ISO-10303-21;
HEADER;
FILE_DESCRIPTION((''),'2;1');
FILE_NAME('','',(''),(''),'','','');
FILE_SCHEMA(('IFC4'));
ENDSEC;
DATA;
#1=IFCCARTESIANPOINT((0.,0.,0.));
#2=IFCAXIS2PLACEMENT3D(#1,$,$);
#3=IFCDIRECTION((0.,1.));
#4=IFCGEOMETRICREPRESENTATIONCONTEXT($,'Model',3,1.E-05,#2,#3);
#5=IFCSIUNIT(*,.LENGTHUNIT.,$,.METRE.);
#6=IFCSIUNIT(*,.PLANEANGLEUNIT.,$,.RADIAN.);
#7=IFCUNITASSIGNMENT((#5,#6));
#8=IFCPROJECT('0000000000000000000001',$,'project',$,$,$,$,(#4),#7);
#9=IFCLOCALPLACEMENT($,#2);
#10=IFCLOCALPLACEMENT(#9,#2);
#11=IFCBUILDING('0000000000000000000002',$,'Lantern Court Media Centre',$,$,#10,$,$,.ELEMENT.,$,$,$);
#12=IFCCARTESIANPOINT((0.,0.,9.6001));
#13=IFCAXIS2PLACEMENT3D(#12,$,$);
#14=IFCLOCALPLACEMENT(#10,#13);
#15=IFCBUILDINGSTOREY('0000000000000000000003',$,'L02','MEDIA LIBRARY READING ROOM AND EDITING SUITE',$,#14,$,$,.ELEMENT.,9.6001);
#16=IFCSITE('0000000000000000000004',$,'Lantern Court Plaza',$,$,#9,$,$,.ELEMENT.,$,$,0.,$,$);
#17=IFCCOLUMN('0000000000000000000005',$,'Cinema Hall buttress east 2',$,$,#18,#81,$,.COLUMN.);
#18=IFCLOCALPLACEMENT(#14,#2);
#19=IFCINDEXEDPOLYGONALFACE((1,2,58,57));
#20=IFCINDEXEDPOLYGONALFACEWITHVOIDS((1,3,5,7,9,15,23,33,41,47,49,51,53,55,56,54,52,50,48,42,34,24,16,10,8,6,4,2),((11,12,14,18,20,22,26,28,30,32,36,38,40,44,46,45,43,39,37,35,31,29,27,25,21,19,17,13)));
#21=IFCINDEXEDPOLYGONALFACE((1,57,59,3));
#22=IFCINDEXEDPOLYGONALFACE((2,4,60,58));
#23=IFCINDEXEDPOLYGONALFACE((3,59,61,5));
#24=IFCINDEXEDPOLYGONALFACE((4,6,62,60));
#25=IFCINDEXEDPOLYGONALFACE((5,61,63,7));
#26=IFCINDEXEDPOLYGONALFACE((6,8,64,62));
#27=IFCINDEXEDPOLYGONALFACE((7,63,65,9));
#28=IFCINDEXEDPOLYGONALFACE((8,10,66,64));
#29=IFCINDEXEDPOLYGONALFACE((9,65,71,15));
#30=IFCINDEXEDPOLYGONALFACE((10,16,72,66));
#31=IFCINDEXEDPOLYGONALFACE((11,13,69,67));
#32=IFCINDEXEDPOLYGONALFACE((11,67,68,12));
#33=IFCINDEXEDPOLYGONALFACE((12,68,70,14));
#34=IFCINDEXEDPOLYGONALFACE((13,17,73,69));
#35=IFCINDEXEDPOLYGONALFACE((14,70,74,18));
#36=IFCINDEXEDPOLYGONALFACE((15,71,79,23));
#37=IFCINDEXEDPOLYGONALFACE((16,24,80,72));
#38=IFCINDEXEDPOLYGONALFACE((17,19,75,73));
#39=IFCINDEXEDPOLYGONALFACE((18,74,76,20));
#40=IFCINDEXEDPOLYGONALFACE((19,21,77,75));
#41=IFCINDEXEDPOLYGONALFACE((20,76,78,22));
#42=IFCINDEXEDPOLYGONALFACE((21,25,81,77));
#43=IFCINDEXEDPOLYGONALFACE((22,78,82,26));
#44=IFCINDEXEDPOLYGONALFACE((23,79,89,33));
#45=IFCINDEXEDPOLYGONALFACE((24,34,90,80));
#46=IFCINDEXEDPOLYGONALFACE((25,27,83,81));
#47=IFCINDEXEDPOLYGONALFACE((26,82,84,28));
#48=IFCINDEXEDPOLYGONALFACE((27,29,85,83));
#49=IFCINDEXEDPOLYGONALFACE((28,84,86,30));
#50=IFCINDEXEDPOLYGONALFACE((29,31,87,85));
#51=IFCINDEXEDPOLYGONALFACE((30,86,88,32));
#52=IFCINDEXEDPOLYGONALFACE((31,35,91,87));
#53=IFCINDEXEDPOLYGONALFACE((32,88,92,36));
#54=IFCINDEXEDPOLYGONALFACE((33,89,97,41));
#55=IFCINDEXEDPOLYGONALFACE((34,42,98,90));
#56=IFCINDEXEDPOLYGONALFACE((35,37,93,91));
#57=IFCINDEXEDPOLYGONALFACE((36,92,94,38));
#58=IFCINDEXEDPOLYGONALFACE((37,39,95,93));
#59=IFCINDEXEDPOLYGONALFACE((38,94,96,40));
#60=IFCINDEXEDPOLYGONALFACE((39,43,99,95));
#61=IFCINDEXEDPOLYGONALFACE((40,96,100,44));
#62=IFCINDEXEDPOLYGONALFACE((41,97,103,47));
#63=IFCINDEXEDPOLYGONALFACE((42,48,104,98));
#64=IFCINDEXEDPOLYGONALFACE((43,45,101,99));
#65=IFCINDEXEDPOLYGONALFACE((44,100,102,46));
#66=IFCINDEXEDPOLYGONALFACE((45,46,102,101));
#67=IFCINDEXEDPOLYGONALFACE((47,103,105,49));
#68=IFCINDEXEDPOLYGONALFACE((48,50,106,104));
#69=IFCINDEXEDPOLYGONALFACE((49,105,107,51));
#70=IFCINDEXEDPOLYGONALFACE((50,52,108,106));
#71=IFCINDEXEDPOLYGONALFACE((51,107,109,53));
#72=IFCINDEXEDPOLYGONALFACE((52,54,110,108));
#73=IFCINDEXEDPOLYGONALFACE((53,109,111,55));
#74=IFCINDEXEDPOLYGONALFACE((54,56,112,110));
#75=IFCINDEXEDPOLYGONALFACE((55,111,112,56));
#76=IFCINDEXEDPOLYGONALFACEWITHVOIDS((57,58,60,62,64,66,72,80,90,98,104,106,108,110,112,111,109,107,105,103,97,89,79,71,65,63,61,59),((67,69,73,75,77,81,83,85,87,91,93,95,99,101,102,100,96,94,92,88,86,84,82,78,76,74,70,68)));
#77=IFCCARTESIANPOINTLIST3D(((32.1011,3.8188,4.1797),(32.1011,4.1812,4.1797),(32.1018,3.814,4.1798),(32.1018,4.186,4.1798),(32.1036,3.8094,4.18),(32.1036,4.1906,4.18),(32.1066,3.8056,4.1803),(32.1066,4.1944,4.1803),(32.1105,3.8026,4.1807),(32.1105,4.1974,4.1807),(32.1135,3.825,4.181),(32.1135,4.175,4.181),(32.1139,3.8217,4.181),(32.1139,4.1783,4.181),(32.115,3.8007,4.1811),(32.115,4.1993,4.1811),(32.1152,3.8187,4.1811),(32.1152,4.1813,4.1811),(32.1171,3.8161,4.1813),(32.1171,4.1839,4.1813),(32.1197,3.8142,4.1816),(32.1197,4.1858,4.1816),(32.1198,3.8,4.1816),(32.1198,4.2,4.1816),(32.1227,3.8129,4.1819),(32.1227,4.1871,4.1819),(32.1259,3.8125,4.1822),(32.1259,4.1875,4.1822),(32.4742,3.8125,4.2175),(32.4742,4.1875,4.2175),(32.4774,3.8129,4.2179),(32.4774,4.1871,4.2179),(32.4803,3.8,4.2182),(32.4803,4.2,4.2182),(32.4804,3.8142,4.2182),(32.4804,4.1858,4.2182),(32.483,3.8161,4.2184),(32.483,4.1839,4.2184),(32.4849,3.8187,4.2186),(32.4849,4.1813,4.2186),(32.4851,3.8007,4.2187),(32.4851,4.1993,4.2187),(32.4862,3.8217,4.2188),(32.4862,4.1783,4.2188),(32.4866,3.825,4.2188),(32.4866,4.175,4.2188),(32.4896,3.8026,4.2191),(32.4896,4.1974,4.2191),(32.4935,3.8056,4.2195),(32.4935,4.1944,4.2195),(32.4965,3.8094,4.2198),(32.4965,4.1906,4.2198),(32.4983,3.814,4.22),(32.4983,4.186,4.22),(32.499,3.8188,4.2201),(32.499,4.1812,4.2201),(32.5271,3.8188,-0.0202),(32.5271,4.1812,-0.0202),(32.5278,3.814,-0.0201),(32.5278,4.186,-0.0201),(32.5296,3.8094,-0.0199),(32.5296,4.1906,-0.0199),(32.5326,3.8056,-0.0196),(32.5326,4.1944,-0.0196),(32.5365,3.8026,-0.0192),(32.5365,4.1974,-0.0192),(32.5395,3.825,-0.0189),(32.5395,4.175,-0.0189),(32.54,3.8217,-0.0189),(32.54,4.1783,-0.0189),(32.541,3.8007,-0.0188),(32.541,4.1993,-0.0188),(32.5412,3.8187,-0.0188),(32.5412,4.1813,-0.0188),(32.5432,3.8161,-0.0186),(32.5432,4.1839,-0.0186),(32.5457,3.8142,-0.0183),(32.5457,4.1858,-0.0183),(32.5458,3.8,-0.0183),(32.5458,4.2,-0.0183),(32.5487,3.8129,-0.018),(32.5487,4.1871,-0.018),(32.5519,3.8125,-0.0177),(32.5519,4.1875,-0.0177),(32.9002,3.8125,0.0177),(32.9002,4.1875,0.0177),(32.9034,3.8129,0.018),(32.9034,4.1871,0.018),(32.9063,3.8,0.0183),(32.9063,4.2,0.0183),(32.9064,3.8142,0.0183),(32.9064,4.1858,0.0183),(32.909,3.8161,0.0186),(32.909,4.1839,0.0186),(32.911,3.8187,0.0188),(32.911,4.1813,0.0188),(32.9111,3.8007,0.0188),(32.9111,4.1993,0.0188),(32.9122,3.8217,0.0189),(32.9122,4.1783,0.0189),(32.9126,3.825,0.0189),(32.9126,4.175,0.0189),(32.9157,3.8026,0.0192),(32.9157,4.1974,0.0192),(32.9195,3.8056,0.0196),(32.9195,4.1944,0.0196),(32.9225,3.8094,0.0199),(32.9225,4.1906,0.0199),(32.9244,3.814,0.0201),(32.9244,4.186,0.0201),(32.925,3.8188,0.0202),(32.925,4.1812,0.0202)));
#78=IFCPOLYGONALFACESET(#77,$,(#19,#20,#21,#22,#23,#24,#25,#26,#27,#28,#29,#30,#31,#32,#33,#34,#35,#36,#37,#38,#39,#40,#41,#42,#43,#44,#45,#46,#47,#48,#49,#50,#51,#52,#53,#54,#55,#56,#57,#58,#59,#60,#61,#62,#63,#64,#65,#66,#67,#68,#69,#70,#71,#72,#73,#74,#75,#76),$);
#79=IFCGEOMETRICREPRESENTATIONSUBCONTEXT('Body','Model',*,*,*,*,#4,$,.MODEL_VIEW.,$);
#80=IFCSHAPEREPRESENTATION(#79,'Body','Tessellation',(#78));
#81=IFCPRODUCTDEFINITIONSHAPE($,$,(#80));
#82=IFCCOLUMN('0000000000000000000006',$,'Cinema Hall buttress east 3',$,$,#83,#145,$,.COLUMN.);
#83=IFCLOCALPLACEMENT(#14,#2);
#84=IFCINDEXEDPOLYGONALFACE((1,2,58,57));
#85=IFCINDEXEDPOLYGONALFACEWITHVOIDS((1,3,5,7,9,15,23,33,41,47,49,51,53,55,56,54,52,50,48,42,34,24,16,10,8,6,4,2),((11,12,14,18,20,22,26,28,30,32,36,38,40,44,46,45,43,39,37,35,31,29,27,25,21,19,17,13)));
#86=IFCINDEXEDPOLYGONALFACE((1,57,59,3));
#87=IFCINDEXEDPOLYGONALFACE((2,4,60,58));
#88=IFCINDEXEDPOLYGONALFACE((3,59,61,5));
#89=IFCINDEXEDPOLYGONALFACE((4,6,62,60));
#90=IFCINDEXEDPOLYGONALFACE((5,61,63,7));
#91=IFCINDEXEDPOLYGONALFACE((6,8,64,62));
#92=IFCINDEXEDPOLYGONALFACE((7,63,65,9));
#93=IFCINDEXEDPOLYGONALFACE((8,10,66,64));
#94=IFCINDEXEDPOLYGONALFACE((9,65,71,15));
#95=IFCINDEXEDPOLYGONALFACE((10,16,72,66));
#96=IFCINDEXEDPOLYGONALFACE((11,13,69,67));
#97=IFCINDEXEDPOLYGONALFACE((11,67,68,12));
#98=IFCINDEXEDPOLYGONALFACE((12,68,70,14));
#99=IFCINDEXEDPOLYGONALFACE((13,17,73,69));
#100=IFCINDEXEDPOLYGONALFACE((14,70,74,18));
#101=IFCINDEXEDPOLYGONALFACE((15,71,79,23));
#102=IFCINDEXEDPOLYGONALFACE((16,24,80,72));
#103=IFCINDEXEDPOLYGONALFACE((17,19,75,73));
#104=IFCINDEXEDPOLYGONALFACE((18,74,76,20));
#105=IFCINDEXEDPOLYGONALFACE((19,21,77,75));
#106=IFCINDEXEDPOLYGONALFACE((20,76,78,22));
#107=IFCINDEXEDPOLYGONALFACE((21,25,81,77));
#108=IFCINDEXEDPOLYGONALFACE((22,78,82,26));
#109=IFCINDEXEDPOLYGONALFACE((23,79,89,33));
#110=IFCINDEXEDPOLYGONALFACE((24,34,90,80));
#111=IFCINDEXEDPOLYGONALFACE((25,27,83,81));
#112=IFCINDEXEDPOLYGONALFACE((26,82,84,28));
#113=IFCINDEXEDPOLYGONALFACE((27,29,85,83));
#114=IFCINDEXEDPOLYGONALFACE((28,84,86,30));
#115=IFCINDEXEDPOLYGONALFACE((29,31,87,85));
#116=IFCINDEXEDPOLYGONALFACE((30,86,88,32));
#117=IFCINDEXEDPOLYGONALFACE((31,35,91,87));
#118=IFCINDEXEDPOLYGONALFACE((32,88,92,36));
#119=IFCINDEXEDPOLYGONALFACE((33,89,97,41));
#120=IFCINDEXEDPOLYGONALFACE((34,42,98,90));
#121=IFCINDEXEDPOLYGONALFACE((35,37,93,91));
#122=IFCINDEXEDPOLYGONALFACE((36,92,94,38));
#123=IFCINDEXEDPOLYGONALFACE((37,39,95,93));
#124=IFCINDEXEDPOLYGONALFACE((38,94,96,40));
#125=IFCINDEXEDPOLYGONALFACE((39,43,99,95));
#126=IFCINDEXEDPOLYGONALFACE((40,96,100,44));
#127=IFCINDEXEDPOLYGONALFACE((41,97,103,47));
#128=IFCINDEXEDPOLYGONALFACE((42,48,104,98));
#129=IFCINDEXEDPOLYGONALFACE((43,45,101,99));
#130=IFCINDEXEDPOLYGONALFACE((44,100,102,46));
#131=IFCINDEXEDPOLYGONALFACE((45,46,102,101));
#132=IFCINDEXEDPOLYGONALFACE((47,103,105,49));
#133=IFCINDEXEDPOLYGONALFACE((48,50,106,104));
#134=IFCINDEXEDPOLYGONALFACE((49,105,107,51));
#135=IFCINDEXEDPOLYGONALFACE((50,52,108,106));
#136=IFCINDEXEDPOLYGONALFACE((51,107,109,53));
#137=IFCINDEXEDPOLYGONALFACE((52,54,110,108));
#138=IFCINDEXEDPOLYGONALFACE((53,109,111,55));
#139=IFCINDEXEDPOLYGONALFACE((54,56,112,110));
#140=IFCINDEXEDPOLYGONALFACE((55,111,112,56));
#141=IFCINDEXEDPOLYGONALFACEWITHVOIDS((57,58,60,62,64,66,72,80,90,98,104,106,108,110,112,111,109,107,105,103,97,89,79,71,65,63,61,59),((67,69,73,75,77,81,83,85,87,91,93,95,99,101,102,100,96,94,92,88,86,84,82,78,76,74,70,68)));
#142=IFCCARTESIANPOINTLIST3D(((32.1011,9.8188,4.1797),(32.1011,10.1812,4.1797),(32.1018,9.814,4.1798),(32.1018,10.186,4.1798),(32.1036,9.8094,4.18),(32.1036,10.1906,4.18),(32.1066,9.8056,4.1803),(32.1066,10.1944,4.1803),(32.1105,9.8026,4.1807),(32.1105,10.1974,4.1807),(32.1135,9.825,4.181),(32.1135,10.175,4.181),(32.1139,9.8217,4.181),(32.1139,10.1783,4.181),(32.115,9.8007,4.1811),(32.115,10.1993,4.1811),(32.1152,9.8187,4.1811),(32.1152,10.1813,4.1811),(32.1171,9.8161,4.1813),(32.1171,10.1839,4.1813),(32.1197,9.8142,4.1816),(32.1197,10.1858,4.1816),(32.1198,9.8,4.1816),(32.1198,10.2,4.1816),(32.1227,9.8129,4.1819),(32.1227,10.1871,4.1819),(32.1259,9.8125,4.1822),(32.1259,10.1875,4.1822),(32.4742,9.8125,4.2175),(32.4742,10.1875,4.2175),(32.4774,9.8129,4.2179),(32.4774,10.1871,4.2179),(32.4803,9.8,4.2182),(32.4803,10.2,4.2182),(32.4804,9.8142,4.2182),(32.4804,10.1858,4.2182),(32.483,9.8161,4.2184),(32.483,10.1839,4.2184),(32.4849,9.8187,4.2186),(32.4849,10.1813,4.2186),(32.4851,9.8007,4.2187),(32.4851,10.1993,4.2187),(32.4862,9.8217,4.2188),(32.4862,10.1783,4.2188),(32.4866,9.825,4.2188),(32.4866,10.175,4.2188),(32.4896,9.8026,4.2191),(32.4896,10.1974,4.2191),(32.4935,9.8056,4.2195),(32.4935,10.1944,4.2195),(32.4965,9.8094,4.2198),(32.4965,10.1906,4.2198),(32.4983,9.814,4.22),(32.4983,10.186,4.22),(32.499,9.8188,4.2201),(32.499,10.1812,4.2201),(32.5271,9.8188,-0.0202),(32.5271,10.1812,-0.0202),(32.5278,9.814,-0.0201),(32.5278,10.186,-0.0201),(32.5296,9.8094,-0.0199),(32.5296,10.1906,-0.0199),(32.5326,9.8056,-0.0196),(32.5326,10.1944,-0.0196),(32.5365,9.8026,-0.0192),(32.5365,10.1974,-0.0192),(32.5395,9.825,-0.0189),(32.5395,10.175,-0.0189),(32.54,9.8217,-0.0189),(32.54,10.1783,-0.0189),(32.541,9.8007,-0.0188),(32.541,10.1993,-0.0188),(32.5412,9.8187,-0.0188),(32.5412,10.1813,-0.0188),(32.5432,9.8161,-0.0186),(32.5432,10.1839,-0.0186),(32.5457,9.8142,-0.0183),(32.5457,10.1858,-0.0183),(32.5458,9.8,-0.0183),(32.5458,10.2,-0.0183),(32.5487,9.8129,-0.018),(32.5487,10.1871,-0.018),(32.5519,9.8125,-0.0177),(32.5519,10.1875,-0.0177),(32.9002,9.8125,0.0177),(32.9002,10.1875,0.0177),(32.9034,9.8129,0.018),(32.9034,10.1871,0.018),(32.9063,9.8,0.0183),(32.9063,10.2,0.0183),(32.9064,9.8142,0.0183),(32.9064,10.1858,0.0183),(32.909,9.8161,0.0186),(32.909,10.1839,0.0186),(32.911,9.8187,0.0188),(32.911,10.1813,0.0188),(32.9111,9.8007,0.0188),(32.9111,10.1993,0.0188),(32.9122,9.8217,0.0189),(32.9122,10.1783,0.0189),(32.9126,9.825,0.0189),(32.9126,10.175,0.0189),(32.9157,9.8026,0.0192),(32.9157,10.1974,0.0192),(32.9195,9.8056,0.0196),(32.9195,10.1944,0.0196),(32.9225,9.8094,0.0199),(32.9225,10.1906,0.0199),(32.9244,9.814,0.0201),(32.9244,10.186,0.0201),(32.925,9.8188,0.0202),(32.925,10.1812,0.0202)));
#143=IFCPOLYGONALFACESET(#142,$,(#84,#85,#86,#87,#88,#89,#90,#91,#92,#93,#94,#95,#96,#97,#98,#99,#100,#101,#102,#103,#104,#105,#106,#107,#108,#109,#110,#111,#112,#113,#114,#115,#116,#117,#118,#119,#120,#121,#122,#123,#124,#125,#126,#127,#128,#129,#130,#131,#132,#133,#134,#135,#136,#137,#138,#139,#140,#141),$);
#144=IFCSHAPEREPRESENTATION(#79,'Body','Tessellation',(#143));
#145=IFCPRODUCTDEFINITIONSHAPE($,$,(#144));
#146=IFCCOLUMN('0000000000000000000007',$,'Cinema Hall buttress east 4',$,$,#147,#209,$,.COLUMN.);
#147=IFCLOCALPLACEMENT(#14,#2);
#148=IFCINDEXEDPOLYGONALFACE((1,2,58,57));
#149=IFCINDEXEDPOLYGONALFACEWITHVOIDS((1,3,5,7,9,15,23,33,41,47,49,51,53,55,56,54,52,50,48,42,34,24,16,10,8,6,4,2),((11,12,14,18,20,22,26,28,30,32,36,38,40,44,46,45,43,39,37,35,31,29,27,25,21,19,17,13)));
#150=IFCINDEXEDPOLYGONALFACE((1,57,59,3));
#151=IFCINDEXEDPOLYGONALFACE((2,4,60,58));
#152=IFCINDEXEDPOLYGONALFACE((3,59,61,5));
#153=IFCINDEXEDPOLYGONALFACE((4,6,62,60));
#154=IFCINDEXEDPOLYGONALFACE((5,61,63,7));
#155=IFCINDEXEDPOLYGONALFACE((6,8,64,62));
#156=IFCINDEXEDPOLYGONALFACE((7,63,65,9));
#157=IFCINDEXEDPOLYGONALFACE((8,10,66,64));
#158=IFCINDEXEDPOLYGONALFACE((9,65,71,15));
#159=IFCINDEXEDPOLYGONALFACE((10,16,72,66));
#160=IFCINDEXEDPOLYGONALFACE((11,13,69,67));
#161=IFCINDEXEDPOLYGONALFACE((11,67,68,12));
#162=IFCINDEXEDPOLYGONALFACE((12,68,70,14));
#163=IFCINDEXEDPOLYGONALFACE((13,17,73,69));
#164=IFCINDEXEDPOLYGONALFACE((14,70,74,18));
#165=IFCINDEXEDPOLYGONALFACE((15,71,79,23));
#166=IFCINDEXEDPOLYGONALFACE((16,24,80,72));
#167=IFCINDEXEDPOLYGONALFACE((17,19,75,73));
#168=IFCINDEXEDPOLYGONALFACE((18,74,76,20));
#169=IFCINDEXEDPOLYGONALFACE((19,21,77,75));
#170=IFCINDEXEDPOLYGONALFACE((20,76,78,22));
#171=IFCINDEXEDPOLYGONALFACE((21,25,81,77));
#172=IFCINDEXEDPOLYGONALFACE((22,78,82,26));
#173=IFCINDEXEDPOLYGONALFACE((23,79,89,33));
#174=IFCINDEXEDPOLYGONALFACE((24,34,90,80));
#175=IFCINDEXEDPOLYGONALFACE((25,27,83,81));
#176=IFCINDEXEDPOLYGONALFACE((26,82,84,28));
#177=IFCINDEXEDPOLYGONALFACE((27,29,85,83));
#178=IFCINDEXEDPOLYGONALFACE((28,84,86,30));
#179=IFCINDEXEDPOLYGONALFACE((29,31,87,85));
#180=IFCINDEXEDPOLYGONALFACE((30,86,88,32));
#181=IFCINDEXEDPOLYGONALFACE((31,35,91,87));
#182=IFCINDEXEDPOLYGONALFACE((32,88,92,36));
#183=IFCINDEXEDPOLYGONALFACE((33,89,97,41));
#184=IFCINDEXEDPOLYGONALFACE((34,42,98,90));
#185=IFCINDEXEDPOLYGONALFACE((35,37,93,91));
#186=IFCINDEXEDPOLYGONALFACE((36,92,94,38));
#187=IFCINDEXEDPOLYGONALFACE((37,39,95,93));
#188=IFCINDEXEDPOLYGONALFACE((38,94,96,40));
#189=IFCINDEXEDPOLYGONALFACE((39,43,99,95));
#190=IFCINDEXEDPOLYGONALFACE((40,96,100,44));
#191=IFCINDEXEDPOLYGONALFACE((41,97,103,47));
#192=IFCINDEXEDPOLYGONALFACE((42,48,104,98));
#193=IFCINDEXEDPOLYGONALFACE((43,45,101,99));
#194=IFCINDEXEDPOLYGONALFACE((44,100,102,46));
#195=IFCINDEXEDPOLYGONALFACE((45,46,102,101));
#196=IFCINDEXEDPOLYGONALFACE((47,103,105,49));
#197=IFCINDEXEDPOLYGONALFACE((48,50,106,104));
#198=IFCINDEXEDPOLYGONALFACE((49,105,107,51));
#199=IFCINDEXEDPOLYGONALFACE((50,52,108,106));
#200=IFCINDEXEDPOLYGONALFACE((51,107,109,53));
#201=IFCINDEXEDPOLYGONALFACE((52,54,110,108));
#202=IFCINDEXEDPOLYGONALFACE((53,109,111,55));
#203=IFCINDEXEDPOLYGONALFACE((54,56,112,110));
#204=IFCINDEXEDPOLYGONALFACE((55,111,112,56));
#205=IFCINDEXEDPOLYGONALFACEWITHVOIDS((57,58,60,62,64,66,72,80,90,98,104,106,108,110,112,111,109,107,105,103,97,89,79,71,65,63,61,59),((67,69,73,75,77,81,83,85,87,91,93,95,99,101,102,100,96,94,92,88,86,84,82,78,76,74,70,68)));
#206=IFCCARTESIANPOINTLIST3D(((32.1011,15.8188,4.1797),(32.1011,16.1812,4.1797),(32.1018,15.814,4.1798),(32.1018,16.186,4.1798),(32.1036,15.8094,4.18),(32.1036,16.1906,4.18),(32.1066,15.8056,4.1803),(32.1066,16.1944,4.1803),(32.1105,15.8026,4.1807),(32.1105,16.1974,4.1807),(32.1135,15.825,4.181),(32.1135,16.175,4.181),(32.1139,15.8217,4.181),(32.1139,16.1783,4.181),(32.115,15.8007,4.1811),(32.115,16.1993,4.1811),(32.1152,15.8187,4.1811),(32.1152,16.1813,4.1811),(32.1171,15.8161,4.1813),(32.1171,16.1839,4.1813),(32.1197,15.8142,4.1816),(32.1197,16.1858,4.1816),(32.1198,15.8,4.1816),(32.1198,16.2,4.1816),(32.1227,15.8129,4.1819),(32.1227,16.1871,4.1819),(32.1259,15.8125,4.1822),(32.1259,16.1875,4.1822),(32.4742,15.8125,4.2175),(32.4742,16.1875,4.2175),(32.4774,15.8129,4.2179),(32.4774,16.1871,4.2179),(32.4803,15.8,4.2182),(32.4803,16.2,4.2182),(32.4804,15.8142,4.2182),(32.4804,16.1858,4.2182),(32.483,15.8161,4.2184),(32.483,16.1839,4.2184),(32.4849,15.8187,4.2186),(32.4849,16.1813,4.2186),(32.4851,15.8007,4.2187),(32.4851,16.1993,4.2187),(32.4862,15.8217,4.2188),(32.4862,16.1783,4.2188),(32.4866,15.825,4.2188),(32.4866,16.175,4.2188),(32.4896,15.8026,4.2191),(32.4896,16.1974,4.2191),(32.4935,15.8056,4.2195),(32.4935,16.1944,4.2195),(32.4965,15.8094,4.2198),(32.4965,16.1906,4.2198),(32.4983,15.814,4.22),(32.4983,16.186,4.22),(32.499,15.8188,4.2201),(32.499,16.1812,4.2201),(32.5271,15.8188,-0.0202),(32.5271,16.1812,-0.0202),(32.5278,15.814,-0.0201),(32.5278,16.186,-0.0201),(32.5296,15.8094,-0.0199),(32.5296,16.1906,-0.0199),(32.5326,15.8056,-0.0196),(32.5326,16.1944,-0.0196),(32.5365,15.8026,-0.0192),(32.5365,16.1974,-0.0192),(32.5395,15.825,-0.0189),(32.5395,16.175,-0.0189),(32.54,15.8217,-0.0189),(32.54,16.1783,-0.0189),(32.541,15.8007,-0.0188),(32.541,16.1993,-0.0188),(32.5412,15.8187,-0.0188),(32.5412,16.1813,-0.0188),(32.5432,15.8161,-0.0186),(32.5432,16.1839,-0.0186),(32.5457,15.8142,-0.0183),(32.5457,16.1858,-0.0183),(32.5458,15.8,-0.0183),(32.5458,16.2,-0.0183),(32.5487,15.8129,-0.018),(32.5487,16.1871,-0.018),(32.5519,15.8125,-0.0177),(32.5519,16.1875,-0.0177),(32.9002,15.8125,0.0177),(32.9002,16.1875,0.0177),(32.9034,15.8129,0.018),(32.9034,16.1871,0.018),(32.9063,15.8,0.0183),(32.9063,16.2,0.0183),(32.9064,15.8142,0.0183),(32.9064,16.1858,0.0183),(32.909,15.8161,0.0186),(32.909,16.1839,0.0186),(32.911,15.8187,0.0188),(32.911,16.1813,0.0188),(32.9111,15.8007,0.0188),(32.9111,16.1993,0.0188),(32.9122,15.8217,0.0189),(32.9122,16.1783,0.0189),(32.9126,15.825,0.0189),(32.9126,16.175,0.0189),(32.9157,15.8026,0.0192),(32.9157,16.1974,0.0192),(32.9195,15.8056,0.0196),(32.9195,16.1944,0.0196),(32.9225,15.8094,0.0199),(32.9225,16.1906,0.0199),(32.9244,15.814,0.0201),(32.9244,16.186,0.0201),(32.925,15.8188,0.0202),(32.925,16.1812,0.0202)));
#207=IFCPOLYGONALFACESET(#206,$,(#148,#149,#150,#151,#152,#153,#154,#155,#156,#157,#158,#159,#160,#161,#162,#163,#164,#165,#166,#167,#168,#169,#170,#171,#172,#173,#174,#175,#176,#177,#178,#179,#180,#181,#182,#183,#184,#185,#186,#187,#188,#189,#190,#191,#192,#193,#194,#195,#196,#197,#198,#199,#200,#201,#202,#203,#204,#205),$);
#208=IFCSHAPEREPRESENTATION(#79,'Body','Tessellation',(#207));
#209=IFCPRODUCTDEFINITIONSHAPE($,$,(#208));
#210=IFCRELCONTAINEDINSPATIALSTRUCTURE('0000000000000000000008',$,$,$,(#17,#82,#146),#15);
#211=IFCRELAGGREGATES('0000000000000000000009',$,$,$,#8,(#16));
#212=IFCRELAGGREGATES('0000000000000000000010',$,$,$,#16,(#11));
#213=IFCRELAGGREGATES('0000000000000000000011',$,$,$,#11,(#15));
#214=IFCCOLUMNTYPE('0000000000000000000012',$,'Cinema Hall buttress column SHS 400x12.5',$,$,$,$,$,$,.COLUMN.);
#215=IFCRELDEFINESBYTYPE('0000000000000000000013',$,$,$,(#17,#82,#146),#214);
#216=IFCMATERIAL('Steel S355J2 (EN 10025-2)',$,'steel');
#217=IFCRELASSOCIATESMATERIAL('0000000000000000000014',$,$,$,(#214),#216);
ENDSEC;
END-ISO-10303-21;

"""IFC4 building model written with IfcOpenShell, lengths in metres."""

from ifc_helpers import new_model, si_unit, direction, frame, origin, origin_2d, place, context, subcontext, project, spatial, hollow_rectangle, extrude, material, material_profile, profile_set, type_object, element, save


model = new_model("IFC4")

# Units and contexts
model_context = context("Model", 3, precision=1e-05, world=origin(), true_north=direction((0.0, 1.0)))
body_context = subcontext(model_context, "Body", "Model", "MODEL_VIEW")
ifc_project = project(units=[si_unit("LENGTHUNIT", "METRE"), si_unit("PLANEANGLEUNIT", "RADIAN")], contexts=[model_context])

# Site, building, storey
site_placement = place(None, origin())
site = spatial("IfcSite", under=ifc_project, at=site_placement, Name="Lantern Court Plaza", CompositionType="ELEMENT", RefElevation=0.0)
building_placement = place(site_placement, origin())
building = spatial("IfcBuilding", under=site, at=building_placement, Name="Lantern Court Media Centre", CompositionType="ELEMENT")
storey_placement = place(building_placement, frame((0.0, 0.0, 9.6001)))
storey = spatial("IfcBuildingStorey", under=building, at=storey_placement, Name="L02", Description="MEDIA LIBRARY READING ROOM AND EDITING SUITE", CompositionType="ELEMENT", Elevation=9.6001)

# Columns
ifc_material_1 = material(Name="Steel S355J2 (EN 10025-2)", Category="steel")
ifc_material_profile_1 = material_profile(ifc_material_1, hollow_rectangle(XDim=0.3999, YDim=0.3999, WallThickness=0.0125, InnerFilletRadius=0.0125, OuterFilletRadius=0.0188, at=origin_2d()), Name="Cinema Hall buttress column SHS 400x12.5")
ifc_profile_set_1 = profile_set([ifc_material_profile_1], Name="Steel S355J2 (EN 10025-2)")
column_type_1 = type_object("IfcColumnType", Name="Cinema Hall buttress column SHS 400x12.5", PredefinedType="COLUMN", material=ifc_profile_set_1)
for number, where, z_axis, x_axis, name in (
    (1, (32.7261, 4.0, 0.0), (-0.100918, 0.0, 0.994895), (0.0, -1.0, 0.0), "Cinema Hall buttress east 2"),
    (2, (32.7261, 10.0, 0.0), (-0.100918, 0.0, 0.994895), (0.0, -1.0, 0.0), "Cinema Hall buttress east 3"),
    (3, (32.7261, 16.0, 0.0), (-0.100918, 0.0, 0.994895), (0.0, -1.0, 0.0), "Cinema Hall buttress east 4"),
):
    element("IfcColumn", number, at=place(storey_placement, frame(where, z_axis=z_axis, x_axis=x_axis)), inside=storey, type_object=column_type_1, Name=name, PredefinedType="COLUMN", context=body_context, shape_type="SweptSolid", body=[
        extrude(hollow_rectangle(XDim=0.3999, YDim=0.3999, WallThickness=0.0125, InnerFilletRadius=0.0125, OuterFilletRadius=0.0188, at=origin_2d()), origin(), (0.0, 0.0, 1.0), 4.2214),
    ])

save(model, "model.ifc")
